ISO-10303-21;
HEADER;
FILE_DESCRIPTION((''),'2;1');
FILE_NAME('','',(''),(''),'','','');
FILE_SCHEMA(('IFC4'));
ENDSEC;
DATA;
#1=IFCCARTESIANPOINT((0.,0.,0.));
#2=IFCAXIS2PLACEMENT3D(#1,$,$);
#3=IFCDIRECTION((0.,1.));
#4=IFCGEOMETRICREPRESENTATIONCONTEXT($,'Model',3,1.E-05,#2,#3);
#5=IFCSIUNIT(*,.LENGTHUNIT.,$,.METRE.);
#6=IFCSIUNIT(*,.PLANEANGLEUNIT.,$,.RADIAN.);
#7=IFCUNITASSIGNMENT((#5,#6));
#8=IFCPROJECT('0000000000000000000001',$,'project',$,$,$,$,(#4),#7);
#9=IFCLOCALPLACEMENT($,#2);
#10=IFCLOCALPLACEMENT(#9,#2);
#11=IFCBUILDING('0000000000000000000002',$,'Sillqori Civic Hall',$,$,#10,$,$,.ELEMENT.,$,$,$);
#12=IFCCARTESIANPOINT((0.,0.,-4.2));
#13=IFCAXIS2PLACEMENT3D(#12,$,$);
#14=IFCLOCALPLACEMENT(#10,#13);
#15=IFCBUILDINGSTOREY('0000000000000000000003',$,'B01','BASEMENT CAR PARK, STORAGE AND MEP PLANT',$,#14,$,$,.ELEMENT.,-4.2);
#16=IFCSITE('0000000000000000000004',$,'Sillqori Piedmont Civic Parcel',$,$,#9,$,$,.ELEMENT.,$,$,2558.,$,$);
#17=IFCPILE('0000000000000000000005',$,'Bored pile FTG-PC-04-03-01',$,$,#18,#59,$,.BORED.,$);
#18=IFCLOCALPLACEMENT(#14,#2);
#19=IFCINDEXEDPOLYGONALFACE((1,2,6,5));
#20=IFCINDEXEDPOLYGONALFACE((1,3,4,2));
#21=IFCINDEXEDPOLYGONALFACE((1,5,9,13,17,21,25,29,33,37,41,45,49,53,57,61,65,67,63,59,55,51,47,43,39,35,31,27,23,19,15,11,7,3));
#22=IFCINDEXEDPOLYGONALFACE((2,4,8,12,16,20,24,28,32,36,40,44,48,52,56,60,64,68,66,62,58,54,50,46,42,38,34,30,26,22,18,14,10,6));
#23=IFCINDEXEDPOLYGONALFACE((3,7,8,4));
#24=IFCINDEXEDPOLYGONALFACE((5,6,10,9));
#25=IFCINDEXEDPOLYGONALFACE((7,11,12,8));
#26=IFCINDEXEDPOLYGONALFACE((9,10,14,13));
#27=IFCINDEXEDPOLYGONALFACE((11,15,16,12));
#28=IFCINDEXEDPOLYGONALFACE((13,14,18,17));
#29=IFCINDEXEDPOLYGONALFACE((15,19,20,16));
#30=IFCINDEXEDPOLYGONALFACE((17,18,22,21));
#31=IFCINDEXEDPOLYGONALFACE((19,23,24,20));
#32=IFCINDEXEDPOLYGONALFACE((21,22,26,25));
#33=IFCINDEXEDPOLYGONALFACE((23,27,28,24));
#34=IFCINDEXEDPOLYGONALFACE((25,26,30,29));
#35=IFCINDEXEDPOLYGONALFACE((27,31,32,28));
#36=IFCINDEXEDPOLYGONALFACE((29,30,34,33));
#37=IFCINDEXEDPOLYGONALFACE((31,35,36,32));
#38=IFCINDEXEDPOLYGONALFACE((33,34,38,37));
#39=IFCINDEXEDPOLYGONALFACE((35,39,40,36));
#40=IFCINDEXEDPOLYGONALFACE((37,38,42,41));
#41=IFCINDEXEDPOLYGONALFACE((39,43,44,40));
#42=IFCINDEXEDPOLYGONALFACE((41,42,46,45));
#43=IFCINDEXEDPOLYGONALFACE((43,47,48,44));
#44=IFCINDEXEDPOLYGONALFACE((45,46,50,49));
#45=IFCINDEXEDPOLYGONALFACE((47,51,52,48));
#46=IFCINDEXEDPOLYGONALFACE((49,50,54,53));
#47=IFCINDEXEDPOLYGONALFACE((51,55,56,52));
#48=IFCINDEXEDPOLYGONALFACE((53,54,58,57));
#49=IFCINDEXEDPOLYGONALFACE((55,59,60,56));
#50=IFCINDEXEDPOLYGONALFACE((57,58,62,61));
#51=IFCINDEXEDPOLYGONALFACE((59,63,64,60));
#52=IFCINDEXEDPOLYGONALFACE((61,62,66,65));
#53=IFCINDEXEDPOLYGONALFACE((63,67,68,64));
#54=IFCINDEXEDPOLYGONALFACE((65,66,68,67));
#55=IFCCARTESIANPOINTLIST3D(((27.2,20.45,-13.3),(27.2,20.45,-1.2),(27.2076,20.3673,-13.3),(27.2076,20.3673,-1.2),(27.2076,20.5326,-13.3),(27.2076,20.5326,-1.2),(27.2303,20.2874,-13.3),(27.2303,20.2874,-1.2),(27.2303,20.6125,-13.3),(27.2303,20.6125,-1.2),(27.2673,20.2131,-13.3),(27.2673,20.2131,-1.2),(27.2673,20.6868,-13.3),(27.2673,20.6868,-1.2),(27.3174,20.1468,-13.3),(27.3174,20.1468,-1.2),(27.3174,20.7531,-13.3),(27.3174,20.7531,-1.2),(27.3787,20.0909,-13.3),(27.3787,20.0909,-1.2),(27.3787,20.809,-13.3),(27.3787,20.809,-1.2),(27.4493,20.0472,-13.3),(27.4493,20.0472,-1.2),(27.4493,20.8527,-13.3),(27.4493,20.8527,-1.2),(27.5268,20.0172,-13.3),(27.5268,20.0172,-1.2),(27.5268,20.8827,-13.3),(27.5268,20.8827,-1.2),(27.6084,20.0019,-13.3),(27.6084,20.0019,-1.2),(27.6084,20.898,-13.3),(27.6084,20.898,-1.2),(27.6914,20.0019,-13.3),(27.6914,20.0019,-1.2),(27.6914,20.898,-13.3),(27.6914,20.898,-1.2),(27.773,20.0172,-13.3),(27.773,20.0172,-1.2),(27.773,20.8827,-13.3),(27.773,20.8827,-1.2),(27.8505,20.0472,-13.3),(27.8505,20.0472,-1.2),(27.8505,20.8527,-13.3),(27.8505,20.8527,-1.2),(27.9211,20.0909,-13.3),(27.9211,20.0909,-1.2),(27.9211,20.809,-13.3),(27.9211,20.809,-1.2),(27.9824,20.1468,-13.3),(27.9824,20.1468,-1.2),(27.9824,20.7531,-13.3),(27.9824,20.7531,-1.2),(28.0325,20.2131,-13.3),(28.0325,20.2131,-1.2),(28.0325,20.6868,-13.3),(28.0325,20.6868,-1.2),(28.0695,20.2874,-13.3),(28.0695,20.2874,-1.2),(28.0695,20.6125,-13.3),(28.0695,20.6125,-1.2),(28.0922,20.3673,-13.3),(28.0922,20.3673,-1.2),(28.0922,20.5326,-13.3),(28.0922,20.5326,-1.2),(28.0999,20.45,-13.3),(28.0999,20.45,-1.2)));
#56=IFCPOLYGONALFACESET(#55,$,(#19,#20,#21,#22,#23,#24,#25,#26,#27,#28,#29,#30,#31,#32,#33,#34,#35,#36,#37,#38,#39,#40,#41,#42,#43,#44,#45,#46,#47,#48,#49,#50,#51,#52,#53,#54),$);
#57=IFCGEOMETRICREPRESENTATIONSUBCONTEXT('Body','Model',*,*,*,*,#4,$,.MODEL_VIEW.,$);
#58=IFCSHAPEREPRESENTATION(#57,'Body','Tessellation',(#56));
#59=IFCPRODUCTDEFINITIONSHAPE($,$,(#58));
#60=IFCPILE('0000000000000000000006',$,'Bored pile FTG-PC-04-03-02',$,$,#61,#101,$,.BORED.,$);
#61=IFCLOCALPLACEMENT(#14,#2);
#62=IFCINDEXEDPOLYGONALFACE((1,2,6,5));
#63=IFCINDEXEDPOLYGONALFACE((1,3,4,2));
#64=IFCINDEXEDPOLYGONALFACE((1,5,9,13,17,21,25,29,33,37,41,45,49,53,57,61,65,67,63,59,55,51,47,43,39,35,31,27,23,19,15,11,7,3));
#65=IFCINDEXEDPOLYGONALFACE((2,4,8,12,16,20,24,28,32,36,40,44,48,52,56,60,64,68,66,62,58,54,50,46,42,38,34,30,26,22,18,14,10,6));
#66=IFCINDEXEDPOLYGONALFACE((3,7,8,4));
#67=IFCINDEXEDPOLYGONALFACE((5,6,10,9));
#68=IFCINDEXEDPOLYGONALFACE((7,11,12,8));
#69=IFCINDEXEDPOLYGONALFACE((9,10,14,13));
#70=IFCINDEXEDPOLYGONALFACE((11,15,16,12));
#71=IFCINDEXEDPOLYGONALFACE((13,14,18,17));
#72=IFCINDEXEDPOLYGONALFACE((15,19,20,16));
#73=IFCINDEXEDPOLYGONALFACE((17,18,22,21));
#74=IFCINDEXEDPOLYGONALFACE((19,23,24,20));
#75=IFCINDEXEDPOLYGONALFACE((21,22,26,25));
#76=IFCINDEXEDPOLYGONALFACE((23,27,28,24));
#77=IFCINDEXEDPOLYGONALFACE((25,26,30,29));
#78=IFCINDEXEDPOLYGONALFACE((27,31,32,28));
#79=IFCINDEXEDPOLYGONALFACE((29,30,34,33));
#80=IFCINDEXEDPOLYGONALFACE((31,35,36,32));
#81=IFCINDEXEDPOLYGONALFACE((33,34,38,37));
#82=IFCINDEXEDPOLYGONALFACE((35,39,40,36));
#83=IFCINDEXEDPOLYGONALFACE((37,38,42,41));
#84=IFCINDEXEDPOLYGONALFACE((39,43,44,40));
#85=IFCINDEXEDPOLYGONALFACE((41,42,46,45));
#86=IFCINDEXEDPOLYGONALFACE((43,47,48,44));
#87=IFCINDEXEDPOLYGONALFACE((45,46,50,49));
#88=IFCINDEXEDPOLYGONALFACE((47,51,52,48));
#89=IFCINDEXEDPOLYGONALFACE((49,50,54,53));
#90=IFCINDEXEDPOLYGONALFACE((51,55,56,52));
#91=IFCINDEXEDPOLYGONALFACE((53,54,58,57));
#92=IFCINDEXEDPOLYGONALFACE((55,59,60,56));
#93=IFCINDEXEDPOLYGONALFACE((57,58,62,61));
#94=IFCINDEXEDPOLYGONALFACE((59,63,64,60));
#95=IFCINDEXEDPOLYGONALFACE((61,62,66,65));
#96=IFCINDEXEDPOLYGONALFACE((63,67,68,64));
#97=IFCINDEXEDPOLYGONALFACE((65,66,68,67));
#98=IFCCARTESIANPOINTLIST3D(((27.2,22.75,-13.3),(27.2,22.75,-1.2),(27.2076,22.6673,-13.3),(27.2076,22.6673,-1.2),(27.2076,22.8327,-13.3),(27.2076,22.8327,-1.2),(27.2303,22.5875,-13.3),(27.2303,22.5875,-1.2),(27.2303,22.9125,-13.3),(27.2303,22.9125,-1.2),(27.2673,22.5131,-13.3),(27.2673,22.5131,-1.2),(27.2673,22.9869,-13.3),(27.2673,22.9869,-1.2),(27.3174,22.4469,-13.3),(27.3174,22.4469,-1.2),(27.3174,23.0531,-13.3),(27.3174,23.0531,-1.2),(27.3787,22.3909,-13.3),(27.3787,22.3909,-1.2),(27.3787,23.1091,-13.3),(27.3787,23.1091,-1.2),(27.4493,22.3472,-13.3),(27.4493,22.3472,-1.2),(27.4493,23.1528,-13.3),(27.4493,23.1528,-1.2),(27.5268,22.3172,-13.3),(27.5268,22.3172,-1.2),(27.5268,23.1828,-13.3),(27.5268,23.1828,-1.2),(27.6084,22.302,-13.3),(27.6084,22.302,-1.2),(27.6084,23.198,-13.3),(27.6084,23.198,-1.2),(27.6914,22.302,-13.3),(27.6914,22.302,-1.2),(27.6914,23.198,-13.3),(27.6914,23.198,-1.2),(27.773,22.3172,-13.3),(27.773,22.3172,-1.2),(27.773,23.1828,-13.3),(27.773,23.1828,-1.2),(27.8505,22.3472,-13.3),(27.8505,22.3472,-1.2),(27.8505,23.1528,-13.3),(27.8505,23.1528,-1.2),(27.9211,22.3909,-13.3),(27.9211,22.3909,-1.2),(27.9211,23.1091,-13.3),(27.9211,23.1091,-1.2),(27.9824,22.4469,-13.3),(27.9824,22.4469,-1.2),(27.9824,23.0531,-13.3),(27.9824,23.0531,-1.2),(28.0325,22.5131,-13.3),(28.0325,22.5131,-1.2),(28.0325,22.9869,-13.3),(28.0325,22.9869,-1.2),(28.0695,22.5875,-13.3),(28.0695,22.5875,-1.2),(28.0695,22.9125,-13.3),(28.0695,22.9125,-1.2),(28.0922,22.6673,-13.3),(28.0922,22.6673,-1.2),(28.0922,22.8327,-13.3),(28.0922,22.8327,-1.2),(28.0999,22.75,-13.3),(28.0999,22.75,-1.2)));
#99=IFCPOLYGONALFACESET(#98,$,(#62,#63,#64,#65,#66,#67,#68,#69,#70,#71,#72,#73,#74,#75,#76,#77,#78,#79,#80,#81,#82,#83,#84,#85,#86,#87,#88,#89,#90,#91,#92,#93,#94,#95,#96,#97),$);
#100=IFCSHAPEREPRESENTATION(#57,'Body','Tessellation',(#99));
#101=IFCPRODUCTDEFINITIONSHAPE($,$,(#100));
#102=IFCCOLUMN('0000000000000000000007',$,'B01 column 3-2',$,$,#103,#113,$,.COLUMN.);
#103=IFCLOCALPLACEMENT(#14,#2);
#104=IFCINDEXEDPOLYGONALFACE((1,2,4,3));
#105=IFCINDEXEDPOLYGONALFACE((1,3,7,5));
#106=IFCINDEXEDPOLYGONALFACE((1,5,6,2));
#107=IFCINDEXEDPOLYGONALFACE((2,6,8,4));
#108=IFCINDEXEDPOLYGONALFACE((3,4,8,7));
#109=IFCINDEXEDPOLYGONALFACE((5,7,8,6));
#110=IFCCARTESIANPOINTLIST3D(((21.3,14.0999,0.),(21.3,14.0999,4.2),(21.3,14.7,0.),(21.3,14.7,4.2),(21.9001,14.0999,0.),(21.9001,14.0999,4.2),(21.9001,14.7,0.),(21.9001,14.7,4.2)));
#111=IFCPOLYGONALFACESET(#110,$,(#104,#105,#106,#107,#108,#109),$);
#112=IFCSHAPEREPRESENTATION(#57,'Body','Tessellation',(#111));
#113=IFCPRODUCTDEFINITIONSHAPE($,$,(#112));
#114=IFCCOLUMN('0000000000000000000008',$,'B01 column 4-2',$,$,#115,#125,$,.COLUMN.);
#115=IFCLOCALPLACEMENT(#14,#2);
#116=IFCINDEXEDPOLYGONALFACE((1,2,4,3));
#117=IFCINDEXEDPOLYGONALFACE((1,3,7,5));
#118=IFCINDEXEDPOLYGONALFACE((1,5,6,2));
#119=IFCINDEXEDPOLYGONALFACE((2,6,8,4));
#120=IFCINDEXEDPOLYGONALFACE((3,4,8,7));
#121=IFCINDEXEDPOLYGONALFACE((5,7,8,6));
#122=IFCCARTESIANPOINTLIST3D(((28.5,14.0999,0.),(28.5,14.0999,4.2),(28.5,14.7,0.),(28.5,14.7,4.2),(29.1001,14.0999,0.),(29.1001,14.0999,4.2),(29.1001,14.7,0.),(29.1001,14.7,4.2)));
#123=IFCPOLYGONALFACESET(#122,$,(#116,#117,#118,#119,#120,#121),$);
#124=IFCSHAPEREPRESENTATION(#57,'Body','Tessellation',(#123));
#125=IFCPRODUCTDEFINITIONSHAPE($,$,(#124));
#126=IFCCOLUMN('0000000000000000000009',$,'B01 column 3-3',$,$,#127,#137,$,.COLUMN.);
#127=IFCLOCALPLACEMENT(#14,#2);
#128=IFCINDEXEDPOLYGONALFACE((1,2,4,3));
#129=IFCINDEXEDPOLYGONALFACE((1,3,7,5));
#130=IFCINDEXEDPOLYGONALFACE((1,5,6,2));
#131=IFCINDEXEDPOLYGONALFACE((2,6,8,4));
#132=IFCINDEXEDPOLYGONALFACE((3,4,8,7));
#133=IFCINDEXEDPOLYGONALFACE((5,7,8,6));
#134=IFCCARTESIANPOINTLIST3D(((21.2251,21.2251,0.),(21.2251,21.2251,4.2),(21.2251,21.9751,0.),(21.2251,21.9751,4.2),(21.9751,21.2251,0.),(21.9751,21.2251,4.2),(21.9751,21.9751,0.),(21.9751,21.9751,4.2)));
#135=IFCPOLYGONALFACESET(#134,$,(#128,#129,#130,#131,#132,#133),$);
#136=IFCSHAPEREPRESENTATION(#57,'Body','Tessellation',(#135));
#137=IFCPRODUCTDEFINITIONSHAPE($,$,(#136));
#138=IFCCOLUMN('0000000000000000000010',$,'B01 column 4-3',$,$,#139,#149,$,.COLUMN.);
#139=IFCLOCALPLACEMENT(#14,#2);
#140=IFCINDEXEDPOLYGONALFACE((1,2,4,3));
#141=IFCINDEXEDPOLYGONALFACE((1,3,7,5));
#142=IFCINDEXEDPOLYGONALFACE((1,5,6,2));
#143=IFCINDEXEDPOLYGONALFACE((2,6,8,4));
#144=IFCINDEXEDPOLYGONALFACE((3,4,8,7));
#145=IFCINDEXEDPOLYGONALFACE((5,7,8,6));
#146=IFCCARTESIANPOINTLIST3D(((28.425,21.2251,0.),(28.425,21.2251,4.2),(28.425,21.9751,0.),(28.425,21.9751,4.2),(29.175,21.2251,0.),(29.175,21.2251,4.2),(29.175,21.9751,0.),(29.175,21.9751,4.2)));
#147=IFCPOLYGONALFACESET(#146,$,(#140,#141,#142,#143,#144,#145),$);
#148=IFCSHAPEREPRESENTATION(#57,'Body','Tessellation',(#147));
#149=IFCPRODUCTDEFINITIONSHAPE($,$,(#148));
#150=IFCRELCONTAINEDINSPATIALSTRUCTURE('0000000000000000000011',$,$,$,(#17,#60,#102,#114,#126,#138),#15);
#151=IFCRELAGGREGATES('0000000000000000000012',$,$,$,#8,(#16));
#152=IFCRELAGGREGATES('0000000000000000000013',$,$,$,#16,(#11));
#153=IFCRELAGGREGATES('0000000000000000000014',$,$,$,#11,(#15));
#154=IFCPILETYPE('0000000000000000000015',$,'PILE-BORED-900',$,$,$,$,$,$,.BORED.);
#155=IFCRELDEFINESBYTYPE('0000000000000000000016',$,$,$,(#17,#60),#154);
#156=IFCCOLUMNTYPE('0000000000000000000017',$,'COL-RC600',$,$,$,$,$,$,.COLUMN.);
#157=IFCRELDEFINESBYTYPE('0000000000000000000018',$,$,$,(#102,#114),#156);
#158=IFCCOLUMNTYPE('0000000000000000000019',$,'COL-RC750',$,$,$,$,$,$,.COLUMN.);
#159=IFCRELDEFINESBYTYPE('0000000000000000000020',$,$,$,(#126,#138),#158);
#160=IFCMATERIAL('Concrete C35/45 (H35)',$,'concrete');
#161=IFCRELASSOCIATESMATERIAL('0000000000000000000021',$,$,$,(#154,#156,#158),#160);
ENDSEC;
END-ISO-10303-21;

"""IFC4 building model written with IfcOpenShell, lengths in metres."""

from ifc_helpers import new_model, si_unit, direction, frame, origin, origin_2d, place, context, subcontext, project, spatial, rectangle, circle, extrude, material, material_profile, profile_set, type_object, element, save


model = new_model("IFC4")

# Units and contexts
model_context = context("Model", 3, precision=1e-05, world=origin(), true_north=direction((0.0, 1.0)))
body_context = subcontext(model_context, "Body", "Model", "MODEL_VIEW")
ifc_project = project(units=[si_unit("LENGTHUNIT", "METRE"), si_unit("PLANEANGLEUNIT", "RADIAN")], contexts=[model_context])

# Site, building, storey
site_placement = place(None, origin())
site = spatial("IfcSite", under=ifc_project, at=site_placement, Name="Sillqori Piedmont Civic Parcel", CompositionType="ELEMENT", RefElevation=2558.0)
building_placement = place(site_placement, origin())
building = spatial("IfcBuilding", under=site, at=building_placement, Name="Sillqori Civic Hall", CompositionType="ELEMENT")
storey_placement = place(building_placement, frame((0.0, 0.0, -4.2)))
storey = spatial("IfcBuildingStorey", under=building, at=storey_placement, Name="B01", Description="BASEMENT CAR PARK, STORAGE AND MEP PLANT", CompositionType="ELEMENT", Elevation=-4.2)

# Shared definitions
ifc_material = material(Name="Concrete C35/45 (H35)", Category="concrete")

# Piles
ifc_material_profile_1 = material_profile(ifc_material, circle(Radius=0.45, at=origin_2d()), Name="BORED PILE 900")
ifc_profile_set_1 = profile_set([ifc_material_profile_1], Name="Concrete C35/45 (H35)")
pile_type = type_object("IfcPileType", Name="PILE-BORED-900", PredefinedType="BORED", material=ifc_profile_set_1)
for number, where, z_axis, x_axis, name in (
    (1, (27.6499, 20.45, -1.2), (0.0, 0.0, -1.0), (1.0, 0.0, 0.0), "Bored pile FTG-PC-04-03-01"),
    (2, (27.6499, 22.75, -1.2), (0.0, 0.0, -1.0), (1.0, 0.0, 0.0), "Bored pile FTG-PC-04-03-02"),
):
    element("IfcPile", number, at=place(storey_placement, frame(where, z_axis=z_axis, x_axis=x_axis)), inside=storey, type_object=pile_type, Name=name, PredefinedType="BORED", context=body_context, shape_type="SweptSolid", body=[
        extrude(circle(Radius=0.45, at=origin_2d()), origin(), (0.0, 0.0, 1.0), 12.1001),
    ])

# Columns
ifc_material_profile_2 = material_profile(ifc_material, rectangle(XDim=0.6001, YDim=0.6001, at=origin_2d()), Name="RC 600x600")
ifc_profile_set_2 = profile_set([ifc_material_profile_2], Name="Concrete C35/45 (H35)")
column_type_1 = type_object("IfcColumnType", Name="COL-RC600", PredefinedType="COLUMN", material=ifc_profile_set_2)
for number, where, z_axis, x_axis, name in (
    (3, (21.6001, 14.3999, 0.0), (0.0, 0.0, 1.0), (1.0, 0.0, 0.0), "B01 column 3-2"),
    (4, (28.8, 14.3999, 0.0), (0.0, 0.0, 1.0), (1.0, 0.0, 0.0), "B01 column 4-2"),
):
    element("IfcColumn", number, at=place(storey_placement, frame(where, z_axis=z_axis, x_axis=x_axis)), inside=storey, type_object=column_type_1, Name=name, PredefinedType="COLUMN", context=body_context, shape_type="SweptSolid", body=[
        extrude(rectangle(XDim=0.6001, YDim=0.6001, at=origin_2d()), origin(), (0.0, 0.0, 1.0), 4.2),
    ])
ifc_material_profile_3 = material_profile(ifc_material, rectangle(XDim=0.75, YDim=0.75, at=origin_2d()), Name="RC 750x750")
ifc_profile_set_3 = profile_set([ifc_material_profile_3], Name="Concrete C35/45 (H35)")
column_type_2 = type_object("IfcColumnType", Name="COL-RC750", PredefinedType="COLUMN", material=ifc_profile_set_3)
for number, where, z_axis, x_axis, name in (
    (5, (21.6001, 21.6001, 0.0), (0.0, 0.0, 1.0), (1.0, 0.0, 0.0), "B01 column 3-3"),
    (6, (28.8, 21.6001, 0.0), (0.0, 0.0, 1.0), (1.0, 0.0, 0.0), "B01 column 4-3"),
):
    element("IfcColumn", number, at=place(storey_placement, frame(where, z_axis=z_axis, x_axis=x_axis)), inside=storey, type_object=column_type_2, Name=name, PredefinedType="COLUMN", context=body_context, shape_type="SweptSolid", body=[
        extrude(rectangle(XDim=0.75, YDim=0.75, at=origin_2d()), origin(), (0.0, 0.0, 1.0), 4.2),
    ])

save(model, "model.ifc")
